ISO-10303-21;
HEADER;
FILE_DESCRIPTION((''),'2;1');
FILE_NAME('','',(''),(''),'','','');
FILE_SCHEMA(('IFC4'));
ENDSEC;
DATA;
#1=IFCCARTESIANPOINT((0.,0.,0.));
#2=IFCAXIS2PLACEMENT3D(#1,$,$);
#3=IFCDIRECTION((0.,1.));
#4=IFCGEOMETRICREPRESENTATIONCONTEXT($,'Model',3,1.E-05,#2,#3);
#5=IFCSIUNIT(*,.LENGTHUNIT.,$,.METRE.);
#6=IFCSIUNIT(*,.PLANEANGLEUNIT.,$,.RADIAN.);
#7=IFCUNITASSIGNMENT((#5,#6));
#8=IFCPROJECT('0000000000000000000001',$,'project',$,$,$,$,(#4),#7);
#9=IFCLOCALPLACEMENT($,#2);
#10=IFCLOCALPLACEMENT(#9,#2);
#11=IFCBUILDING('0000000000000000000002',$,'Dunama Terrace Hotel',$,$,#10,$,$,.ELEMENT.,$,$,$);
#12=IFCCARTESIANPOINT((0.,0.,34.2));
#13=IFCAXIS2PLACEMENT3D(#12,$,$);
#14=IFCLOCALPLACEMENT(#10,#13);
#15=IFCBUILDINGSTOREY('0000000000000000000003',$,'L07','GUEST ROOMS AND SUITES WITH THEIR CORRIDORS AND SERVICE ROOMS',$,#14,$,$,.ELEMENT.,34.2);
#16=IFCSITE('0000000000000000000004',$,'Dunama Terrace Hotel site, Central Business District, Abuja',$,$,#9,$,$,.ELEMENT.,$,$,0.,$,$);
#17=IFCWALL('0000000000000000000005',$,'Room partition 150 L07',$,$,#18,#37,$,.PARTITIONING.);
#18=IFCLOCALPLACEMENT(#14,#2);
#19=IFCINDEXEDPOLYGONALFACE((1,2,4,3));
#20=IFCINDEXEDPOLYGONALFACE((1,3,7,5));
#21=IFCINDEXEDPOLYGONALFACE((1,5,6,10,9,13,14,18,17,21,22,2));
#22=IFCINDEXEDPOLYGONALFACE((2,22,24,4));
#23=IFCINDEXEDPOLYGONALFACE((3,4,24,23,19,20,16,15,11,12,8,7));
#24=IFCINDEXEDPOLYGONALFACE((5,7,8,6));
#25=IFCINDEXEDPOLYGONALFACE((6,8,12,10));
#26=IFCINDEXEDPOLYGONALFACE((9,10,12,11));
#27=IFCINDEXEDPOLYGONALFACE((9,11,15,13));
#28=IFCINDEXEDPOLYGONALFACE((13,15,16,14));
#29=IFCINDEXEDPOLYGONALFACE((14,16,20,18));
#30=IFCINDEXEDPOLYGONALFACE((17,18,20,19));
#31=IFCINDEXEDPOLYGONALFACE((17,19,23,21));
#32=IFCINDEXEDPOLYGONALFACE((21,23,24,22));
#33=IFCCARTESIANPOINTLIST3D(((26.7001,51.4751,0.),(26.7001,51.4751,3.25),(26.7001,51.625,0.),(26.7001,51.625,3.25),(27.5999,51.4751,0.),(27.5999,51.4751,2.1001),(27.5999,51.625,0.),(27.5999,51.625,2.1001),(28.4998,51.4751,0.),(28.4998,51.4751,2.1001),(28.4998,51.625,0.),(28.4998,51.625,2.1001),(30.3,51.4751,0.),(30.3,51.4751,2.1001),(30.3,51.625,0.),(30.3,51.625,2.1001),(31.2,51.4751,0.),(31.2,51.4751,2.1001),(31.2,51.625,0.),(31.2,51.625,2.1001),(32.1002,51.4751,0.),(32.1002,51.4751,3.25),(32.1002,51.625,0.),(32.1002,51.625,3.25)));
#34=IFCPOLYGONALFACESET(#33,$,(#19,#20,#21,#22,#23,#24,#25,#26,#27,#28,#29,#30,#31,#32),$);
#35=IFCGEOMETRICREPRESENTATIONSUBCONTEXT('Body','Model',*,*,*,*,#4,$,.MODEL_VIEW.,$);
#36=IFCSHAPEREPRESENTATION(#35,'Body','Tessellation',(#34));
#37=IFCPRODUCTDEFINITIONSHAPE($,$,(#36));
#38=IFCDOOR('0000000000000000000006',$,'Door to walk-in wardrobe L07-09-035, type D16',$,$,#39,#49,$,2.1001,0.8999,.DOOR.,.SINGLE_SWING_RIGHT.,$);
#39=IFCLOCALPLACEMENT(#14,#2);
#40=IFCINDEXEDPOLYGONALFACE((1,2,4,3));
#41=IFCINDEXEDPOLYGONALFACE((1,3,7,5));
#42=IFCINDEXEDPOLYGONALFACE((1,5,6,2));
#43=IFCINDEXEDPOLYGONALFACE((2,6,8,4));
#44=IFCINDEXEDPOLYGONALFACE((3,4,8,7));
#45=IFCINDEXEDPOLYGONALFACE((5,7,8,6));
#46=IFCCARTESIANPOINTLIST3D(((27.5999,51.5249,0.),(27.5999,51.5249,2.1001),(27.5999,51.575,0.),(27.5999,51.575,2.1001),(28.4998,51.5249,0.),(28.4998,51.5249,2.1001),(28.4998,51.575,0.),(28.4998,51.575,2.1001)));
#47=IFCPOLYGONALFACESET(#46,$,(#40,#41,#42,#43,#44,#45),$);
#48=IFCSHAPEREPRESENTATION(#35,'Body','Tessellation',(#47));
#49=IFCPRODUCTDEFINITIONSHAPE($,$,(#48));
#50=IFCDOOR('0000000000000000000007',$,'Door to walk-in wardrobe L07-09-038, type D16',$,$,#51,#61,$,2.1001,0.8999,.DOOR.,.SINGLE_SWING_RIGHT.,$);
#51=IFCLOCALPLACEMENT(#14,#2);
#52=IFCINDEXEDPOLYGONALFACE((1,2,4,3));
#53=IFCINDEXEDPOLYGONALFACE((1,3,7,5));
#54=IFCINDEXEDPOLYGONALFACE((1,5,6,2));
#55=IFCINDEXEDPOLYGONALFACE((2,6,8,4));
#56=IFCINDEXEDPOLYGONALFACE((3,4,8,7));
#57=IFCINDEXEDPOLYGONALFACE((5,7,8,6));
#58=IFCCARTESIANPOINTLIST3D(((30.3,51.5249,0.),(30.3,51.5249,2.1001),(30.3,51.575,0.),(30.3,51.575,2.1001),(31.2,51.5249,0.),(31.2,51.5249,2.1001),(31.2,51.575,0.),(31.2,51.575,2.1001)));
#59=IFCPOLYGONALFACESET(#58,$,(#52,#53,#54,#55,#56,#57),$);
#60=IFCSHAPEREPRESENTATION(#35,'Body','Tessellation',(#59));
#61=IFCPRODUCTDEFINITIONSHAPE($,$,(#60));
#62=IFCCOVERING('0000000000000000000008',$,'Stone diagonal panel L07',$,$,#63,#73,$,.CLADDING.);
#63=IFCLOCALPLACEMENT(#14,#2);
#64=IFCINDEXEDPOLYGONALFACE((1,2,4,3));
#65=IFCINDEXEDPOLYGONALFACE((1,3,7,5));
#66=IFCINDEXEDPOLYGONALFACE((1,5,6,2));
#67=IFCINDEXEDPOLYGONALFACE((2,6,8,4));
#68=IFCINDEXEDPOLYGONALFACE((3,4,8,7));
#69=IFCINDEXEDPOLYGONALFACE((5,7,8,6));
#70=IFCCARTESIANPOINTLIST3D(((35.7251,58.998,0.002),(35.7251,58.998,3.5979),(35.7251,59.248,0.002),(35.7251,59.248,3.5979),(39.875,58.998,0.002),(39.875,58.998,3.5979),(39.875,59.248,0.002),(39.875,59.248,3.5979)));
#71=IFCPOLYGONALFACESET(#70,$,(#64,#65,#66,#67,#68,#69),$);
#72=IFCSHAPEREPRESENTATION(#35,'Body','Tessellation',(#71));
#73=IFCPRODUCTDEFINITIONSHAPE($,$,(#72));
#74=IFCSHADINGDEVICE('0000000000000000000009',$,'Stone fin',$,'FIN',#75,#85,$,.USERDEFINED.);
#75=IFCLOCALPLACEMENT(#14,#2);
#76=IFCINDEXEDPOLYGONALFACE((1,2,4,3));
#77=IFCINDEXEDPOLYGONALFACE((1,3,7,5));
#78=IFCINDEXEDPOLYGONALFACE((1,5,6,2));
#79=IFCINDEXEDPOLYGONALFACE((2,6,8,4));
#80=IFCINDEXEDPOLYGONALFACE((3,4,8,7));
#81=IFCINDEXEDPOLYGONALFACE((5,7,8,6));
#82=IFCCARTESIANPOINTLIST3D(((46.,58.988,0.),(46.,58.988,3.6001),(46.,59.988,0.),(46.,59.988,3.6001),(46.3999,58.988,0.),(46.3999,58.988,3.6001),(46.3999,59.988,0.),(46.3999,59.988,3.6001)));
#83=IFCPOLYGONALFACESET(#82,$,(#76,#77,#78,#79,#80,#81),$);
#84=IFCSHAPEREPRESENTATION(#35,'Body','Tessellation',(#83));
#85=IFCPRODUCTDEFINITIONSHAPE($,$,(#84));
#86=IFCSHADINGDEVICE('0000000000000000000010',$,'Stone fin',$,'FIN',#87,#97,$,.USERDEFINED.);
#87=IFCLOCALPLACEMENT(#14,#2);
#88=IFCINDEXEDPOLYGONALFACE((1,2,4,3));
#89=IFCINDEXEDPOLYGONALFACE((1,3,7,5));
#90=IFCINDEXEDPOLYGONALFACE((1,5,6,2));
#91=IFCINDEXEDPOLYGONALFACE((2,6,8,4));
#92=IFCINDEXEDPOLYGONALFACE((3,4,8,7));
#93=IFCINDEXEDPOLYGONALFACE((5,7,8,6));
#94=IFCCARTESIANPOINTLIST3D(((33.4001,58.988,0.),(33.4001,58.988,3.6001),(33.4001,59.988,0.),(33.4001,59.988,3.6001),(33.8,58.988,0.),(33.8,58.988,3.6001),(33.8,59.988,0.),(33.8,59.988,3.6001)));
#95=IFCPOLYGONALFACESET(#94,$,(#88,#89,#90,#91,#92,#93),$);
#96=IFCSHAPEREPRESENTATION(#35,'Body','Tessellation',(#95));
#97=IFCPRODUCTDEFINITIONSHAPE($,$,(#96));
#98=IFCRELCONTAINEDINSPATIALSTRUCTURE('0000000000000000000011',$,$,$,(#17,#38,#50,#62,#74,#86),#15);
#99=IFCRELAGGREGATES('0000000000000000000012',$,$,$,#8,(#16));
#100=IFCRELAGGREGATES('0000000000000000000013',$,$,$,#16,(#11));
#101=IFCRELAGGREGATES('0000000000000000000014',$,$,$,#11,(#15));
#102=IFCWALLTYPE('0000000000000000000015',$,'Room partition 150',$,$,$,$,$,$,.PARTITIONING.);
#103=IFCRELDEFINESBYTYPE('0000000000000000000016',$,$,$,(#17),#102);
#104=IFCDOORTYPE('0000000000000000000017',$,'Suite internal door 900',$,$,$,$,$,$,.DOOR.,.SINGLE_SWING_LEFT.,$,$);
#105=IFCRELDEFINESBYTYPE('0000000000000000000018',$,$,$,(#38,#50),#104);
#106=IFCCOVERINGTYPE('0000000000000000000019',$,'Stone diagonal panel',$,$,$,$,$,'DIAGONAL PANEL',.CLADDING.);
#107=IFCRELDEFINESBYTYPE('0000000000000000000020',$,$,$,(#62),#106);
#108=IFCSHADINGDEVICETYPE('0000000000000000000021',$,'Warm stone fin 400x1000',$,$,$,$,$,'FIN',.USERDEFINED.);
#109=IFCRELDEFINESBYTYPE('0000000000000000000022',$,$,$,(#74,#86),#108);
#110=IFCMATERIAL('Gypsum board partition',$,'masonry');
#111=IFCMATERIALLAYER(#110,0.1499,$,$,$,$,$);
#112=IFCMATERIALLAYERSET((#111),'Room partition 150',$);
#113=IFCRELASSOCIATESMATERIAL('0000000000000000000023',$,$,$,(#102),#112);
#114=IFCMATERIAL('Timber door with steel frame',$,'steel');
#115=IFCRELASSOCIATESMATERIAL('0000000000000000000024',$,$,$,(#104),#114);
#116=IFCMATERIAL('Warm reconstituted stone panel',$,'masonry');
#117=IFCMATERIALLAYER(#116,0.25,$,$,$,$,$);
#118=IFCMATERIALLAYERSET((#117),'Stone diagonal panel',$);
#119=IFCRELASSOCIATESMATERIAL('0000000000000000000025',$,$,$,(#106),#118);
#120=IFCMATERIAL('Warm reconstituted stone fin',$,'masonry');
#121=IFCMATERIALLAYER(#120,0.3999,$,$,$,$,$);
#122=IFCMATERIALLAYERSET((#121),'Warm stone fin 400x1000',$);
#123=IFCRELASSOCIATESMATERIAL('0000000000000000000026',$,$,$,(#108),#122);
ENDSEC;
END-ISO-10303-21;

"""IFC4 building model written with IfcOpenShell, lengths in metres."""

from ifc_helpers import new_model, si_unit, direction, frame, frame_2d, origin, origin_2d, place, context, subcontext, project, spatial, rectangle, extrude, material, layer, layer_set, type_object, element, fill, save


model = new_model("IFC4")

# Units and contexts
model_context = context("Model", 3, precision=1e-05, world=origin(), true_north=direction((0.0, 1.0)))
body_context = subcontext(model_context, "Body", "Model", "MODEL_VIEW")
ifc_project = project(units=[si_unit("LENGTHUNIT", "METRE"), si_unit("PLANEANGLEUNIT", "RADIAN")], contexts=[model_context])

# Site, building, storey
site_placement = place(None, origin())
site = spatial("IfcSite", under=ifc_project, at=site_placement, Name="Dunama Terrace Hotel site, Central Business District, Abuja", CompositionType="ELEMENT", RefElevation=0.0)
building_placement = place(site_placement, origin())
building = spatial("IfcBuilding", under=site, at=building_placement, Name="Dunama Terrace Hotel", CompositionType="ELEMENT")
storey_placement = place(building_placement, frame((0.0, 0.0, 34.2)))
storey = spatial("IfcBuildingStorey", under=building, at=storey_placement, Name="L07", Description="GUEST ROOMS AND SUITES WITH THEIR CORRIDORS AND SERVICE ROOMS", CompositionType="ELEMENT", Elevation=34.2)

# Shared definitions
ifc_material_1 = material(Name="Gypsum board partition", Category="masonry")
ifc_layer_1 = layer(ifc_material_1, 0.1499)
ifc_layer_set_1 = layer_set([ifc_layer_1], Name="Room partition 150")
wall_type = type_object("IfcWallType", Name="Room partition 150", PredefinedType="PARTITIONING", material=ifc_layer_set_1)

# Shared definitions
ifc_material_2 = material(Name="Timber door with steel frame", Category="steel")
door_type = type_object("IfcDoorType", Name="Suite internal door 900", OperationType="SINGLE_SWING_LEFT", PredefinedType="DOOR", material=ifc_material_2)

# Wall, openings, doors
wall_1_placement = place(storey_placement, frame((26.7, 51.55, 0.0), z_axis=(0.0, 0.0, 1.0), x_axis=(1.0, 0.0, 0.0)))
wall_1 = element("IfcWall", 1, at=wall_1_placement, inside=storey, type_object=wall_type, Name="Room partition 150 L07", PredefinedType="PARTITIONING", context=body_context, shape_type="SweptSolid", body=[
    extrude(rectangle(XDim=5.4001, YDim=0.1499, at=frame_2d((2.7002, 0.0))), origin(), (0.0, 0.0, 1.0), 3.25),
])
opening_1_placement = place(wall_1_placement, frame((0.8999, 0.0, 0.0)))
opening_1 = element("IfcOpeningElement", 2, at=opening_1_placement, cuts=wall_1, PredefinedType="OPENING", context=body_context, shape_type="SweptSolid", body=[
    extrude(rectangle(XDim=0.8999, YDim=2.1001, at=frame_2d((0.45, 1.05))), frame((0.0, 0.085, 0.0), z_axis=(0.0, -1.0, 0.0), x_axis=(1.0, 0.0, 0.0)), (0.0, 0.0, 1.0), 0.1699),
])
opening_2_placement = place(wall_1_placement, frame((3.6001, 0.0, 0.0)))
opening_2 = element("IfcOpeningElement", 3, at=opening_2_placement, cuts=wall_1, PredefinedType="OPENING", context=body_context, shape_type="SweptSolid", body=[
    extrude(rectangle(XDim=0.8999, YDim=2.1001, at=frame_2d((0.45, 1.05))), frame((0.0, 0.085, 0.0), z_axis=(0.0, -1.0, 0.0), x_axis=(1.0, 0.0, 0.0)), (0.0, 0.0, 1.0), 0.1699),
])
door_1_placement = place(opening_1_placement, frame((0.8999, 0.0, 0.0), z_axis=(0.0, 0.0, 1.0), x_axis=(-1.0, 0.0, 0.0)))
door_1 = element("IfcDoor", 4, at=door_1_placement, inside=storey, type_object=door_type, Name="Door to walk-in wardrobe L07-09-035, type D16", OperationType="SINGLE_SWING_RIGHT", OverallHeight=2.1001, OverallWidth=0.8999, PredefinedType="DOOR", context=body_context, shape_type="SweptSolid", body=[
    extrude(rectangle(XDim=0.8999, YDim=2.1001, at=frame_2d((0.45, 1.05))), frame((0.0, 0.0251, 0.0), z_axis=(0.0, -1.0, 0.0), x_axis=(1.0, 0.0, 0.0)), (0.0, 0.0, 1.0), 0.05),
])
fill(opening_1, door_1)
door_2_placement = place(opening_2_placement, frame((0.8999, 0.0, 0.0), z_axis=(0.0, 0.0, 1.0), x_axis=(-1.0, 0.0, 0.0)))
door_2 = element("IfcDoor", 5, at=door_2_placement, inside=storey, type_object=door_type, Name="Door to walk-in wardrobe L07-09-038, type D16", OperationType="SINGLE_SWING_RIGHT", OverallHeight=2.1001, OverallWidth=0.8999, PredefinedType="DOOR", context=body_context, shape_type="SweptSolid", body=[
    extrude(rectangle(XDim=0.8999, YDim=2.1001, at=frame_2d((0.45, 1.05))), frame((0.0, 0.0251, 0.0), z_axis=(0.0, -1.0, 0.0), x_axis=(1.0, 0.0, 0.0)), (0.0, 0.0, 1.0), 0.05),
])
fill(opening_2, door_2)

# Covering
ifc_material_3 = material(Name="Warm reconstituted stone panel", Category="masonry")
ifc_layer_2 = layer(ifc_material_3, 0.25)
ifc_layer_set_2 = layer_set([ifc_layer_2], Name="Stone diagonal panel")
covering_type = type_object("IfcCoveringType", Name="Stone diagonal panel", ElementType="DIAGONAL PANEL", PredefinedType="CLADDING", material=ifc_layer_set_2)
covering_placement = place(storey_placement, frame((37.8, 59.123, 0.002), z_axis=(0.0, 0.0, 1.0), x_axis=(-1.0, 0.0, 0.0)))
element("IfcCovering", 6, at=covering_placement, inside=storey, type_object=covering_type, Name="Stone diagonal panel L07", PredefinedType="CLADDING", context=body_context, shape_type="SweptSolid", body=[
    extrude(rectangle(XDim=4.1499, YDim=0.25, at=origin_2d()), origin(), (0.0, 0.0, 1.0), 3.5959),
])

# Shading devices
ifc_material_4 = material(Name="Warm reconstituted stone fin", Category="masonry")
ifc_layer_3 = layer(ifc_material_4, 0.3999)
ifc_layer_set_3 = layer_set([ifc_layer_3], Name="Warm stone fin 400x1000")
shading_device_type = type_object("IfcShadingDeviceType", Name="Warm stone fin 400x1000", ElementType="FIN", PredefinedType="USERDEFINED", material=ifc_layer_set_3)
for number, where, z_axis, x_axis, name in (
    (7, (46.2, 59.488, 0.0), (0.0, 0.0, 1.0), (-1.0, 0.0, 0.0), "Stone fin"),
    (8, (33.6001, 59.488, 0.0), (0.0, 0.0, 1.0), (-1.0, 0.0, 0.0), "Stone fin"),
):
    element("IfcShadingDevice", number, at=place(storey_placement, frame(where, z_axis=z_axis, x_axis=x_axis)), inside=storey, type_object=shading_device_type, Name=name, ObjectType="FIN", PredefinedType="USERDEFINED", context=body_context, shape_type="SweptSolid", body=[
        extrude(rectangle(XDim=0.3999, YDim=1.0, at=origin_2d()), origin(), (0.0, 0.0, 1.0), 3.6001),
    ])

save(model, "model.ifc")
